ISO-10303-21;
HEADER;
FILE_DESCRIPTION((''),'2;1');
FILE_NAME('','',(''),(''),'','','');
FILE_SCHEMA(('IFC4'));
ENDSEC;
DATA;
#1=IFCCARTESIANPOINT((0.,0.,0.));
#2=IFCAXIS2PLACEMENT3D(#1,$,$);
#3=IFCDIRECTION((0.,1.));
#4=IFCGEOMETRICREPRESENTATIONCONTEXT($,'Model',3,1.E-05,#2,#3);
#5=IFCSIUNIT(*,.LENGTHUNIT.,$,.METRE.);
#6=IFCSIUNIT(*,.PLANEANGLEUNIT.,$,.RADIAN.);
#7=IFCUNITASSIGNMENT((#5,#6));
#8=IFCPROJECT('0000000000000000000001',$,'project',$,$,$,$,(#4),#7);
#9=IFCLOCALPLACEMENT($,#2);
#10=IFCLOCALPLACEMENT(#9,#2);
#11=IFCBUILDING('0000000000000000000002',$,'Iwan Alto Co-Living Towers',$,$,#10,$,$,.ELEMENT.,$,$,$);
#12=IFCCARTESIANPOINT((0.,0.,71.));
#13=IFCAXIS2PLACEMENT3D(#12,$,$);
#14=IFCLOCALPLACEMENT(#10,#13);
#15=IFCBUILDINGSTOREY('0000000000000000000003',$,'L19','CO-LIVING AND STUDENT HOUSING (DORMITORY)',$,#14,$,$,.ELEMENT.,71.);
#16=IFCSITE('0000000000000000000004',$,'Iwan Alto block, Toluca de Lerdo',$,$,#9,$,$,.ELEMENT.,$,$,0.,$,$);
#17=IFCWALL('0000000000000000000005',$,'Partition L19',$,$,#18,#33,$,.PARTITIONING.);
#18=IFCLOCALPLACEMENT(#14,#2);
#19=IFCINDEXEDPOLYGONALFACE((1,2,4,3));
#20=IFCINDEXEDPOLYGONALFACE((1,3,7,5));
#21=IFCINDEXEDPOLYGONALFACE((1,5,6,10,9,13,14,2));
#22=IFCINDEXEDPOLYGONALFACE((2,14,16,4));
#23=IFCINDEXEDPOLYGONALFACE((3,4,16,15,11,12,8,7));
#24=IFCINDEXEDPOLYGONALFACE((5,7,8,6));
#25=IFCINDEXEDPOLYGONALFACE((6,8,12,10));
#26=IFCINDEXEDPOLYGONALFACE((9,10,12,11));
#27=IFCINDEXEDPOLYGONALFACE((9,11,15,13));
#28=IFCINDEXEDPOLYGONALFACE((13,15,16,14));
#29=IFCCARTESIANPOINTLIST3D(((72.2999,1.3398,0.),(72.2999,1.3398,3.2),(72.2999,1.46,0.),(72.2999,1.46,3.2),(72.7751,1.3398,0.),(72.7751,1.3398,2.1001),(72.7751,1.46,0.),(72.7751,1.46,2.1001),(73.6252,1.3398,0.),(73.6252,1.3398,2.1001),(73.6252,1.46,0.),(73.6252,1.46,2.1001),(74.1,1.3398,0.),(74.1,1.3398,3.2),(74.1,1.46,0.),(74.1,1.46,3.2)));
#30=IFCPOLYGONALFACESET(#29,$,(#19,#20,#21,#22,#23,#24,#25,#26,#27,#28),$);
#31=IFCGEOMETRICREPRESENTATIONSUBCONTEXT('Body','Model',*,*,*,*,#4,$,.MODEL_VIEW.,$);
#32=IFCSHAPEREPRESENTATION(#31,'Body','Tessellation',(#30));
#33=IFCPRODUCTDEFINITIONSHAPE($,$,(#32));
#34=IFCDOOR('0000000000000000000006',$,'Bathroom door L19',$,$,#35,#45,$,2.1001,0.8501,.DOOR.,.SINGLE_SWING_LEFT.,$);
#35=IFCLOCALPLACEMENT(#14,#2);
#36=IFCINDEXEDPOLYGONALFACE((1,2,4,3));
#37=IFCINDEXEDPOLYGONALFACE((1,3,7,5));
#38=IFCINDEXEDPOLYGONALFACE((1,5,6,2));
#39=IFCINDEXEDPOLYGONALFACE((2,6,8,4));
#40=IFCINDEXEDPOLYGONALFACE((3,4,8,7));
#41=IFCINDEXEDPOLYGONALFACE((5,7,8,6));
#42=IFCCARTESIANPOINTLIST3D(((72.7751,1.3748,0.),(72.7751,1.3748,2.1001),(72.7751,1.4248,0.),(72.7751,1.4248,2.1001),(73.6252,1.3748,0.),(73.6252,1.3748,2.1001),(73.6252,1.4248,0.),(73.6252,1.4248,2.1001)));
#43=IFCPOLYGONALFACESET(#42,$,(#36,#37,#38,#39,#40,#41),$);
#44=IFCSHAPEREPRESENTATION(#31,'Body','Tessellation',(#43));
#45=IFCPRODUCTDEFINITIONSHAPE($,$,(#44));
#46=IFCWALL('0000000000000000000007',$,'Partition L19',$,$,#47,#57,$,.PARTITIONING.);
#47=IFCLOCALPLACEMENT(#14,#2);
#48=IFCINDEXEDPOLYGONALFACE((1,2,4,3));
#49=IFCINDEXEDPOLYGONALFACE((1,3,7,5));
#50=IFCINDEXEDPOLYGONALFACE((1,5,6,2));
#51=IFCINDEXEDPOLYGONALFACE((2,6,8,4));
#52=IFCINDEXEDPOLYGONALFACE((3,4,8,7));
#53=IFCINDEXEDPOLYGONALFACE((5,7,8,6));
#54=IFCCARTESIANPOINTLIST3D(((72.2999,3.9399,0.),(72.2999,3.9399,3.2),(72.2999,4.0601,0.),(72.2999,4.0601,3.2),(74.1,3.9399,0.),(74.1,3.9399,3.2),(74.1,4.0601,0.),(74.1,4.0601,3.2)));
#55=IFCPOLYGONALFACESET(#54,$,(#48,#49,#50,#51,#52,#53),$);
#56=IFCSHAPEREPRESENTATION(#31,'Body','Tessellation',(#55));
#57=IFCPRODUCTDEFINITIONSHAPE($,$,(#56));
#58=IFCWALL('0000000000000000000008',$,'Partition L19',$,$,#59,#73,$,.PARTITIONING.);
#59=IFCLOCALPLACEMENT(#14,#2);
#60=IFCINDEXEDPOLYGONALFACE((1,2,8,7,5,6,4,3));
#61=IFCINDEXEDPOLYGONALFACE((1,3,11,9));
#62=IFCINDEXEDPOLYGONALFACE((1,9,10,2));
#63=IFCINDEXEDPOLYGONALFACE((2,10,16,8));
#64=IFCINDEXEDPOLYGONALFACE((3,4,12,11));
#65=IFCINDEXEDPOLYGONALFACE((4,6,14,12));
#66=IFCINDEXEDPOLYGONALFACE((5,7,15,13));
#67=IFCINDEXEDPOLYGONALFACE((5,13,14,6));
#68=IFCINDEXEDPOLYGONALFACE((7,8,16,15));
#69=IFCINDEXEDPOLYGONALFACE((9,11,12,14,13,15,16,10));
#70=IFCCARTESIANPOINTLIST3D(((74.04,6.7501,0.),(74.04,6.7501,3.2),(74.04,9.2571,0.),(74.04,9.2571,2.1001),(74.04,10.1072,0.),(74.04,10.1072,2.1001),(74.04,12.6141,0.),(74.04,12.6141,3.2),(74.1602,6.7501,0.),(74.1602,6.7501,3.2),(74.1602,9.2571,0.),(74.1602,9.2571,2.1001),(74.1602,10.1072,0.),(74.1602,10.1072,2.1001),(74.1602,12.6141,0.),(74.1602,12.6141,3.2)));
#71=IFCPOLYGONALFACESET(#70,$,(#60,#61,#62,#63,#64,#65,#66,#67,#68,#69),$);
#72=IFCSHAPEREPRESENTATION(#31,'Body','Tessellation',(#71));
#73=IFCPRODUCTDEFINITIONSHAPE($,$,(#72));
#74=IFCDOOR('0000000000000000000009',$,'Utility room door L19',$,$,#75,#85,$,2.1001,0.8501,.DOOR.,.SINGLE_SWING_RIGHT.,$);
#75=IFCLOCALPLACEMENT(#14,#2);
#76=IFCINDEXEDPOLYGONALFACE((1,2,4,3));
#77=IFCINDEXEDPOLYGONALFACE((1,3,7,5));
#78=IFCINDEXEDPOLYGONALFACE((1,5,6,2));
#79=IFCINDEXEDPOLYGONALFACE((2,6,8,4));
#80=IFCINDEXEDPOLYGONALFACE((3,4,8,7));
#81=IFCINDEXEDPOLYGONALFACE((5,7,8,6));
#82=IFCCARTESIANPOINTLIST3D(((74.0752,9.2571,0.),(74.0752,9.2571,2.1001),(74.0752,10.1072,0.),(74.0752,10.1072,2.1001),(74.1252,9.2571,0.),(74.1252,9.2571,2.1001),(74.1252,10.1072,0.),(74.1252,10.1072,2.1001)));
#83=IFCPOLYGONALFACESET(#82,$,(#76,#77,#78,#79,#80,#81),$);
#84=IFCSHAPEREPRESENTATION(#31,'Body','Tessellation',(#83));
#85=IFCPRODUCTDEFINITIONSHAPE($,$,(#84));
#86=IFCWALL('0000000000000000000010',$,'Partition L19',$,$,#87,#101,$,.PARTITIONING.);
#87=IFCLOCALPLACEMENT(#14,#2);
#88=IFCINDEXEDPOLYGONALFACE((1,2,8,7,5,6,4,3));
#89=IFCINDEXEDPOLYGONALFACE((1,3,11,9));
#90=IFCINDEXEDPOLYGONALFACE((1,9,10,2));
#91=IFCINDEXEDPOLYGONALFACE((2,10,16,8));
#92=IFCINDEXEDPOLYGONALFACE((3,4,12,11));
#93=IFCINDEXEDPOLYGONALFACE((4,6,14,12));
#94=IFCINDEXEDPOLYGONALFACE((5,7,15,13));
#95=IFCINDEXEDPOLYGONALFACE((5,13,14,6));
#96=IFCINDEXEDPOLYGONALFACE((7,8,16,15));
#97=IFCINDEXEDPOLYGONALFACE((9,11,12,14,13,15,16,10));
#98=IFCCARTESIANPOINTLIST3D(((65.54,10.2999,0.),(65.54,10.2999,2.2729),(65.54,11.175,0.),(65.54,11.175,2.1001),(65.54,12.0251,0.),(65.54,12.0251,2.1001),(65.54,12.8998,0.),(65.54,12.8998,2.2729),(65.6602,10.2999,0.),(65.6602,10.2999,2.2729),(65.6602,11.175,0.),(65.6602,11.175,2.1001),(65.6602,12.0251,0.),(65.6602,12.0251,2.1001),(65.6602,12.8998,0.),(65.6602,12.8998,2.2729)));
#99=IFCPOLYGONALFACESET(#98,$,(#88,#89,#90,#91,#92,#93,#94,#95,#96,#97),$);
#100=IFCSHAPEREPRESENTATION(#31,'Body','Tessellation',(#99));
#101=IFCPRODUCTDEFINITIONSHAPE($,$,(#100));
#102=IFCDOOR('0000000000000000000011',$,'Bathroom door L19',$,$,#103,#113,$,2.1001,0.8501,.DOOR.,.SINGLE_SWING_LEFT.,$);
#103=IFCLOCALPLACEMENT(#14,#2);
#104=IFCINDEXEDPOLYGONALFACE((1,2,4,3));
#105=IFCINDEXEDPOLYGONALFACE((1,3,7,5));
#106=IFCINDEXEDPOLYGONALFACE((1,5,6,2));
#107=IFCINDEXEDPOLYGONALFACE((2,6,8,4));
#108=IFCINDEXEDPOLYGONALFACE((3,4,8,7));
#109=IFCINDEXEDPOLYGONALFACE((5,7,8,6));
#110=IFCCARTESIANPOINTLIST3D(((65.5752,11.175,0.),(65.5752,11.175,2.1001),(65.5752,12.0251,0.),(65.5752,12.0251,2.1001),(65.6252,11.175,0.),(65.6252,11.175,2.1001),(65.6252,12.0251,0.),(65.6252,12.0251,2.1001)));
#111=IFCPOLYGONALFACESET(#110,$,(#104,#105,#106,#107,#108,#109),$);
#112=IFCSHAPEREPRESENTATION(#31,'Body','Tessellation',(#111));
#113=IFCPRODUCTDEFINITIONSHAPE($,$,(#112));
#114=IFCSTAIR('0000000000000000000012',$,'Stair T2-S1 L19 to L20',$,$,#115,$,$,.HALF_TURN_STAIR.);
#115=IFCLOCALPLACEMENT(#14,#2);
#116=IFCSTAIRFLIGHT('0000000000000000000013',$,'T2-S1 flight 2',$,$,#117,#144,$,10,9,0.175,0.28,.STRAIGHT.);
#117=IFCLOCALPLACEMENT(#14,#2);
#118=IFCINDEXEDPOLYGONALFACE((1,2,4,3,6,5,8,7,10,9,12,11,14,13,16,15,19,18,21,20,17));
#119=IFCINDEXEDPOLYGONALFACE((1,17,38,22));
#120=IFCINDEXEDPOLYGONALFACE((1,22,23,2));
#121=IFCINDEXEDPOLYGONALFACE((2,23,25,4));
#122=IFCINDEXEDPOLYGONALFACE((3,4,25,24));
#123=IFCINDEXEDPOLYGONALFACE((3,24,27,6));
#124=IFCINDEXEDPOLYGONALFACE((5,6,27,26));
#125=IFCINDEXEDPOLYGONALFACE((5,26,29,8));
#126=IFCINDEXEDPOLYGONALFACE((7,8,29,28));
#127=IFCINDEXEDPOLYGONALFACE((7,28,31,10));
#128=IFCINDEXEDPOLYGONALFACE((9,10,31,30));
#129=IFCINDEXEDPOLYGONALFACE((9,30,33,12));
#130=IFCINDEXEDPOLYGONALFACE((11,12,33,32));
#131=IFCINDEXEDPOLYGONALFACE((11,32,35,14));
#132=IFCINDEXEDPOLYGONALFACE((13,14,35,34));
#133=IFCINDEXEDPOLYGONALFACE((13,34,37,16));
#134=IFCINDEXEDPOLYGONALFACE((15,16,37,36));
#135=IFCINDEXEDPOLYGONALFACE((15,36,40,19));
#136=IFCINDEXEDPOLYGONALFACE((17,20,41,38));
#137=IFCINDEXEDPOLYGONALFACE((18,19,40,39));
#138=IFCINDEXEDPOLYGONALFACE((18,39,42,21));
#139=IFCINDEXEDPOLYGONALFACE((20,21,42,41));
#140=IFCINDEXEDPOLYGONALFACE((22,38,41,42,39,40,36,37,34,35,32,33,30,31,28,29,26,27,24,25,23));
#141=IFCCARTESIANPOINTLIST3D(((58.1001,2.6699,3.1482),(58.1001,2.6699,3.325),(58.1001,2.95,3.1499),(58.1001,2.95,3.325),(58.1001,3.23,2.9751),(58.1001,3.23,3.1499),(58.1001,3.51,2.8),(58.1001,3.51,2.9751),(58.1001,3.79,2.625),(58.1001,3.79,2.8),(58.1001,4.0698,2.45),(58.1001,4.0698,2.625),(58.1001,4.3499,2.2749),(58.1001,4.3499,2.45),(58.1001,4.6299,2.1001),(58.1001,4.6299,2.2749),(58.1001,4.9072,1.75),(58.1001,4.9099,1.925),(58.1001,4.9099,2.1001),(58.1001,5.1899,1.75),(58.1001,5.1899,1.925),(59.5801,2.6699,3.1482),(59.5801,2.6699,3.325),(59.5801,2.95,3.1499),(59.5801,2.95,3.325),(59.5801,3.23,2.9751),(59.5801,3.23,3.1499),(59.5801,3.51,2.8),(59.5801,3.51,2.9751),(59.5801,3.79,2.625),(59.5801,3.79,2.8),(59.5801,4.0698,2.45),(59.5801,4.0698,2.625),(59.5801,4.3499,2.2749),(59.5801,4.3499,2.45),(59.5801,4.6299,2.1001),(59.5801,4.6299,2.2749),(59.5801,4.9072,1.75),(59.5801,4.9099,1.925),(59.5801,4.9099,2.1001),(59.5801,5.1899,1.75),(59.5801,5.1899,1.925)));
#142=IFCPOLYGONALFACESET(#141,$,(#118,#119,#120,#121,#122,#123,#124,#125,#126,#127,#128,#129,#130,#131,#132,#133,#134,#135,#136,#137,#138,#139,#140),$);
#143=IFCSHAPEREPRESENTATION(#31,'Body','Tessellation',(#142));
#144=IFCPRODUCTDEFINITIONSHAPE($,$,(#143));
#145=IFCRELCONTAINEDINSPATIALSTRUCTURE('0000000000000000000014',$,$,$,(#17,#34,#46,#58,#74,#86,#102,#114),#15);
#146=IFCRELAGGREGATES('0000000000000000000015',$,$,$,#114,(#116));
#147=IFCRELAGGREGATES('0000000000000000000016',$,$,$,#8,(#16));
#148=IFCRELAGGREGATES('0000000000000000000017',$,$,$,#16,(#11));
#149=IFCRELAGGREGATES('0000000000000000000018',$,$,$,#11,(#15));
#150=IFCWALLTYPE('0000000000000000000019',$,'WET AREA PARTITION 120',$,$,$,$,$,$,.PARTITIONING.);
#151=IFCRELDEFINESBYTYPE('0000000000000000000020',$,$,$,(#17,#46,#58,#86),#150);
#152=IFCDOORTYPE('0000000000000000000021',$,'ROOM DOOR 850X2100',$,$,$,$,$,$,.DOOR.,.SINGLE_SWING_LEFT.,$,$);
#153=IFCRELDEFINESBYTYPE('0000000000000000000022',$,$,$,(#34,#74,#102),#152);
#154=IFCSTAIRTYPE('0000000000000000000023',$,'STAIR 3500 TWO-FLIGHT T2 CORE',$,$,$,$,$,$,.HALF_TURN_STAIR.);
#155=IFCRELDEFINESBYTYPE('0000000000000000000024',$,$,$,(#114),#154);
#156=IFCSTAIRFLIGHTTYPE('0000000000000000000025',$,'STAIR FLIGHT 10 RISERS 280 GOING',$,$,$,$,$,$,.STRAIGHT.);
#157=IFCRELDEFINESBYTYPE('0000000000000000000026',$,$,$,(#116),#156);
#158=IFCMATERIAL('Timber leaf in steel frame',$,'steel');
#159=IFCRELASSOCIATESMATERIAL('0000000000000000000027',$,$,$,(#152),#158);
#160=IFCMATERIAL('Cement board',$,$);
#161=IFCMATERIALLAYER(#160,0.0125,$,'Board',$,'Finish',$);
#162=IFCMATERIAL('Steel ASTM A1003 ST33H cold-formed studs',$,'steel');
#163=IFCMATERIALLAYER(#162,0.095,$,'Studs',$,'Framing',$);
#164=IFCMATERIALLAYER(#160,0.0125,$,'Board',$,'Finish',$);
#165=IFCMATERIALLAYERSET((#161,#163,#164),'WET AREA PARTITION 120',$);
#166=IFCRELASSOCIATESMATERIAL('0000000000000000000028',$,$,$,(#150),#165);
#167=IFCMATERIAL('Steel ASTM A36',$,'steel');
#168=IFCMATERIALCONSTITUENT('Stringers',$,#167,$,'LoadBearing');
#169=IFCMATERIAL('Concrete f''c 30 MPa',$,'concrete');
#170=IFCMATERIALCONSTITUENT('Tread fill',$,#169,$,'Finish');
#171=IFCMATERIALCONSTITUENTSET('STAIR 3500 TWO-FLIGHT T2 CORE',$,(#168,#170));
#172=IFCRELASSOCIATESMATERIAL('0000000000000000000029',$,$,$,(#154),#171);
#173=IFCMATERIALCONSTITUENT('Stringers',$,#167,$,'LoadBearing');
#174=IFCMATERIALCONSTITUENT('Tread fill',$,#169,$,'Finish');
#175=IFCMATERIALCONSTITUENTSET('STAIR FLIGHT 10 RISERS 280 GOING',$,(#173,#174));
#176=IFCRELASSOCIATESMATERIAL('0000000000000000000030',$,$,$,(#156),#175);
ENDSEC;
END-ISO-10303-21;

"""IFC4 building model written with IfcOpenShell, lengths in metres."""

from ifc_helpers import new_model, si_unit, direction, frame, frame_2d, origin, place, context, subcontext, project, spatial, polyline, rectangle, outline, extrude, material, layer, layer_set, constituent, constituent_set, type_object, element, fill, aggregate, save


model = new_model("IFC4")

# Units and contexts
model_context = context("Model", 3, precision=1e-05, world=origin(), true_north=direction((0.0, 1.0)))
body_context = subcontext(model_context, "Body", "Model", "MODEL_VIEW")
ifc_project = project(units=[si_unit("LENGTHUNIT", "METRE"), si_unit("PLANEANGLEUNIT", "RADIAN")], contexts=[model_context])

# Site, building, storey
site_placement = place(None, origin())
site = spatial("IfcSite", under=ifc_project, at=site_placement, Name="Iwan Alto block, Toluca de Lerdo", CompositionType="ELEMENT", RefElevation=0.0)
building_placement = place(site_placement, origin())
building = spatial("IfcBuilding", under=site, at=building_placement, Name="Iwan Alto Co-Living Towers", CompositionType="ELEMENT")
storey_placement = place(building_placement, frame((0.0, 0.0, 71.0)))
storey = spatial("IfcBuildingStorey", under=building, at=storey_placement, Name="L19", Description="CO-LIVING AND STUDENT HOUSING (DORMITORY)", CompositionType="ELEMENT", Elevation=71.0)

# Shared definitions
ifc_material_1 = material(Name="Steel ASTM A1003 ST33H cold-formed studs", Category="steel")

# Shared definitions
ifc_material_2 = material(Name="Timber leaf in steel frame", Category="steel")
door_type_1 = type_object("IfcDoorType", Name="ROOM DOOR 850X2100", OperationType="SINGLE_SWING_LEFT", PredefinedType="DOOR", material=ifc_material_2)

# Wall, opening, door
ifc_material_3 = material(Name="Cement board")
ifc_layer_1 = layer(ifc_material_3, 0.0125, Name="Board", Category="Finish")
ifc_layer_2 = layer(ifc_material_1, 0.095, Name="Studs", Category="Framing")
ifc_layer_3 = layer(ifc_material_3, 0.0125, Name="Board", Category="Finish")
ifc_layer_set_1 = layer_set([ifc_layer_1, ifc_layer_2, ifc_layer_3], Name="WET AREA PARTITION 120")
wall_type_1 = type_object("IfcWallType", Name="WET AREA PARTITION 120", PredefinedType="PARTITIONING", material=ifc_layer_set_1)
wall_1_placement = place(storey_placement, frame((72.3, 1.3999, 0.0), z_axis=(0.0, 0.0, 1.0), x_axis=(1.0, 0.0, 0.0)))
wall_1 = element("IfcWall", 1, at=wall_1_placement, inside=storey, type_object=wall_type_1, Name="Partition L19", PredefinedType="PARTITIONING", context=body_context, shape_type="SweptSolid", body=[
    extrude(rectangle(XDim=1.8, YDim=0.1201, at=frame_2d((0.8999, 0.0))), origin(), (0.0, 0.0, 1.0), 3.2),
])
opening_1_placement = place(wall_1_placement, frame((0.4751, 0.0, 0.0)))
opening_1 = element("IfcOpeningElement", 2, at=opening_1_placement, cuts=wall_1, PredefinedType="OPENING", context=body_context, shape_type="SweptSolid", body=[
    extrude(rectangle(XDim=0.8501, YDim=2.1001, at=frame_2d((0.425, 1.05))), frame((0.0, 0.0701, 0.0), z_axis=(0.0, -1.0, 0.0), x_axis=(1.0, 0.0, 0.0)), (0.0, 0.0, 1.0), 0.1401),
])
door_1_placement = place(opening_1_placement, origin())
door_1 = element("IfcDoor", 3, at=door_1_placement, inside=storey, type_object=door_type_1, Name="Bathroom door L19", OperationType="SINGLE_SWING_LEFT", OverallHeight=2.1001, OverallWidth=0.8501, PredefinedType="DOOR", context=body_context, shape_type="SweptSolid", body=[
    extrude(rectangle(XDim=0.8501, YDim=2.1001, at=frame_2d((0.425, 1.05))), frame((0.0, 0.0249, 0.0), z_axis=(0.0, -1.0, 0.0), x_axis=(1.0, 0.0, 0.0)), (0.0, 0.0, 1.0), 0.05),
])
fill(opening_1, door_1)

# Wall
wall_2_placement = place(storey_placement, frame((72.3, 4.0, 0.0), z_axis=(0.0, 0.0, 1.0), x_axis=(1.0, 0.0, 0.0)))
element("IfcWall", 4, at=wall_2_placement, inside=storey, type_object=wall_type_1, Name="Partition L19", PredefinedType="PARTITIONING", context=body_context, shape_type="SweptSolid", body=[
    extrude(rectangle(XDim=1.8, YDim=0.1201, at=frame_2d((0.8999, 0.0))), origin(), (0.0, 0.0, 1.0), 3.2),
])

# Walls, openings, doors
wall_3_placement = place(storey_placement, frame((74.1001, 6.75, 0.0), z_axis=(0.0, 0.0, 1.0), x_axis=(0.0, 1.0, 0.0)))
wall_3 = element("IfcWall", 5, at=wall_3_placement, inside=storey, type_object=wall_type_1, Name="Partition L19", PredefinedType="PARTITIONING", context=body_context, shape_type="SweptSolid", body=[
    extrude(rectangle(XDim=5.864, YDim=0.1201, at=frame_2d((2.9321, 0.0))), origin(), (0.0, 0.0, 1.0), 3.2),
])
opening_2_placement = place(wall_3_placement, frame((2.5071, 0.0, 0.0)))
opening_2 = element("IfcOpeningElement", 6, at=opening_2_placement, cuts=wall_3, PredefinedType="OPENING", context=body_context, shape_type="SweptSolid", body=[
    extrude(rectangle(XDim=0.8501, YDim=2.1001, at=frame_2d((0.425, 1.05))), frame((0.0, 0.0701, 0.0), z_axis=(0.0, -1.0, 0.0), x_axis=(1.0, 0.0, 0.0)), (0.0, 0.0, 1.0), 0.1401),
])
door_2_placement = place(opening_2_placement, origin())
door_2 = element("IfcDoor", 7, at=door_2_placement, inside=storey, type_object=door_type_1, Name="Utility room door L19", OperationType="SINGLE_SWING_RIGHT", OverallHeight=2.1001, OverallWidth=0.8501, PredefinedType="DOOR", context=body_context, shape_type="SweptSolid", body=[
    extrude(rectangle(XDim=0.8501, YDim=2.1001, at=frame_2d((0.425, 1.05))), frame((0.0, 0.0249, 0.0), z_axis=(0.0, -1.0, 0.0), x_axis=(1.0, 0.0, 0.0)), (0.0, 0.0, 1.0), 0.05),
])
fill(opening_2, door_2)
wall_4_placement = place(storey_placement, frame((65.6001, 10.3, 0.0), z_axis=(0.0, 0.0, 1.0), x_axis=(0.0, 1.0, 0.0)))
wall_4 = element("IfcWall", 8, at=wall_4_placement, inside=storey, type_object=wall_type_1, Name="Partition L19", PredefinedType="PARTITIONING", context=body_context, shape_type="SweptSolid", body=[
    extrude(rectangle(XDim=2.5999, YDim=0.1201, at=frame_2d((1.2998, 0.0))), origin(), (0.0, 0.0, 1.0), 2.2729),
])
opening_3_placement = place(wall_4_placement, frame((0.875, 0.0, 0.0)))
opening_3 = element("IfcOpeningElement", 9, at=opening_3_placement, cuts=wall_4, PredefinedType="OPENING", context=body_context, shape_type="SweptSolid", body=[
    extrude(rectangle(XDim=0.8501, YDim=2.1001, at=frame_2d((0.425, 1.05))), frame((0.0, 0.0701, 0.0), z_axis=(0.0, -1.0, 0.0), x_axis=(1.0, 0.0, 0.0)), (0.0, 0.0, 1.0), 0.1401),
])
door_3_placement = place(opening_3_placement, origin())
door_3 = element("IfcDoor", 10, at=door_3_placement, inside=storey, type_object=door_type_1, Name="Bathroom door L19", OperationType="SINGLE_SWING_LEFT", OverallHeight=2.1001, OverallWidth=0.8501, PredefinedType="DOOR", context=body_context, shape_type="SweptSolid", body=[
    extrude(rectangle(XDim=0.8501, YDim=2.1001, at=frame_2d((0.425, 1.05))), frame((0.0, 0.0249, 0.0), z_axis=(0.0, -1.0, 0.0), x_axis=(1.0, 0.0, 0.0)), (0.0, 0.0, 1.0), 0.05),
])
fill(opening_3, door_3)

# Stair, stair flight
ifc_material_4 = material(Name="Steel ASTM A36", Category="steel")
ifc_constituent_1 = constituent(ifc_material_4, Name="Stringers", Category="LoadBearing")
ifc_material_5 = material(Name="Concrete f'c 30 MPa", Category="concrete")
ifc_constituent_2 = constituent(ifc_material_5, Name="Tread fill", Category="Finish")
ifc_constituent_set_1 = constituent_set(constituents=[ifc_constituent_1, ifc_constituent_2], Name="STAIR 3500 TWO-FLIGHT T2 CORE")
stair_type = type_object("IfcStairType", Name="STAIR 3500 TWO-FLIGHT T2 CORE", PredefinedType="HALF_TURN_STAIR", material=ifc_constituent_set_1)
stair_placement = place(storey_placement, origin())
stair = element("IfcStair", 11, at=stair_placement, inside=storey, type_object=stair_type, Name="Stair T2-S1 L19 to L20", PredefinedType="HALF_TURN_STAIR")
ifc_constituent_3 = constituent(ifc_material_4, Name="Stringers", Category="LoadBearing")
ifc_constituent_4 = constituent(ifc_material_5, Name="Tread fill", Category="Finish")
ifc_constituent_set_2 = constituent_set(constituents=[ifc_constituent_3, ifc_constituent_4], Name="STAIR FLIGHT 10 RISERS 280 GOING")
stair_flight_type = type_object("IfcStairFlightType", Name="STAIR FLIGHT 10 RISERS 280 GOING", PredefinedType="STRAIGHT", material=ifc_constituent_set_2)
stair_flight_placement = place(storey_placement, frame((58.8401, 5.1899, 1.75), z_axis=(0.0, 0.0, 1.0), x_axis=(0.0, -1.0, 0.0)))
stair_flight = element("IfcStairFlight", 12, at=stair_flight_placement, type_object=stair_flight_type, Name="T2-S1 flight 2", NumberOfRisers=10, NumberOfTreads=9, PredefinedType="STRAIGHT", RiserHeight=0.175, TreadLength=0.28, context=body_context, shape_type="SweptSolid", body=[
    extrude(outline(polyline([(0.0, 0.0), (0.0, 0.175), (0.28, 0.175), (0.28, 0.3501), (0.5601, 0.3501), (0.5601, 0.5249), (0.8401, 0.5249), (0.8401, 0.7), (1.1201, 0.7), (1.1201, 0.875), (1.3999, 0.875), (1.3999, 1.05), (1.6799, 1.05), (1.6799, 1.2251), (1.96, 1.2251), (1.96, 1.3999), (2.24, 1.3999), (2.24, 1.575), (2.52, 1.575), (2.52, 1.75), (2.52, 1.3982), (0.2827, 0.0), (0.0, 0.0)])), frame((0.0, 0.74, 0.0), z_axis=(0.0, -1.0, 0.0), x_axis=(1.0, 0.0, 0.0)), (0.0, 0.0, 1.0), 1.48),
])
aggregate(stair, [stair_flight])

save(model, "model.ifc")
